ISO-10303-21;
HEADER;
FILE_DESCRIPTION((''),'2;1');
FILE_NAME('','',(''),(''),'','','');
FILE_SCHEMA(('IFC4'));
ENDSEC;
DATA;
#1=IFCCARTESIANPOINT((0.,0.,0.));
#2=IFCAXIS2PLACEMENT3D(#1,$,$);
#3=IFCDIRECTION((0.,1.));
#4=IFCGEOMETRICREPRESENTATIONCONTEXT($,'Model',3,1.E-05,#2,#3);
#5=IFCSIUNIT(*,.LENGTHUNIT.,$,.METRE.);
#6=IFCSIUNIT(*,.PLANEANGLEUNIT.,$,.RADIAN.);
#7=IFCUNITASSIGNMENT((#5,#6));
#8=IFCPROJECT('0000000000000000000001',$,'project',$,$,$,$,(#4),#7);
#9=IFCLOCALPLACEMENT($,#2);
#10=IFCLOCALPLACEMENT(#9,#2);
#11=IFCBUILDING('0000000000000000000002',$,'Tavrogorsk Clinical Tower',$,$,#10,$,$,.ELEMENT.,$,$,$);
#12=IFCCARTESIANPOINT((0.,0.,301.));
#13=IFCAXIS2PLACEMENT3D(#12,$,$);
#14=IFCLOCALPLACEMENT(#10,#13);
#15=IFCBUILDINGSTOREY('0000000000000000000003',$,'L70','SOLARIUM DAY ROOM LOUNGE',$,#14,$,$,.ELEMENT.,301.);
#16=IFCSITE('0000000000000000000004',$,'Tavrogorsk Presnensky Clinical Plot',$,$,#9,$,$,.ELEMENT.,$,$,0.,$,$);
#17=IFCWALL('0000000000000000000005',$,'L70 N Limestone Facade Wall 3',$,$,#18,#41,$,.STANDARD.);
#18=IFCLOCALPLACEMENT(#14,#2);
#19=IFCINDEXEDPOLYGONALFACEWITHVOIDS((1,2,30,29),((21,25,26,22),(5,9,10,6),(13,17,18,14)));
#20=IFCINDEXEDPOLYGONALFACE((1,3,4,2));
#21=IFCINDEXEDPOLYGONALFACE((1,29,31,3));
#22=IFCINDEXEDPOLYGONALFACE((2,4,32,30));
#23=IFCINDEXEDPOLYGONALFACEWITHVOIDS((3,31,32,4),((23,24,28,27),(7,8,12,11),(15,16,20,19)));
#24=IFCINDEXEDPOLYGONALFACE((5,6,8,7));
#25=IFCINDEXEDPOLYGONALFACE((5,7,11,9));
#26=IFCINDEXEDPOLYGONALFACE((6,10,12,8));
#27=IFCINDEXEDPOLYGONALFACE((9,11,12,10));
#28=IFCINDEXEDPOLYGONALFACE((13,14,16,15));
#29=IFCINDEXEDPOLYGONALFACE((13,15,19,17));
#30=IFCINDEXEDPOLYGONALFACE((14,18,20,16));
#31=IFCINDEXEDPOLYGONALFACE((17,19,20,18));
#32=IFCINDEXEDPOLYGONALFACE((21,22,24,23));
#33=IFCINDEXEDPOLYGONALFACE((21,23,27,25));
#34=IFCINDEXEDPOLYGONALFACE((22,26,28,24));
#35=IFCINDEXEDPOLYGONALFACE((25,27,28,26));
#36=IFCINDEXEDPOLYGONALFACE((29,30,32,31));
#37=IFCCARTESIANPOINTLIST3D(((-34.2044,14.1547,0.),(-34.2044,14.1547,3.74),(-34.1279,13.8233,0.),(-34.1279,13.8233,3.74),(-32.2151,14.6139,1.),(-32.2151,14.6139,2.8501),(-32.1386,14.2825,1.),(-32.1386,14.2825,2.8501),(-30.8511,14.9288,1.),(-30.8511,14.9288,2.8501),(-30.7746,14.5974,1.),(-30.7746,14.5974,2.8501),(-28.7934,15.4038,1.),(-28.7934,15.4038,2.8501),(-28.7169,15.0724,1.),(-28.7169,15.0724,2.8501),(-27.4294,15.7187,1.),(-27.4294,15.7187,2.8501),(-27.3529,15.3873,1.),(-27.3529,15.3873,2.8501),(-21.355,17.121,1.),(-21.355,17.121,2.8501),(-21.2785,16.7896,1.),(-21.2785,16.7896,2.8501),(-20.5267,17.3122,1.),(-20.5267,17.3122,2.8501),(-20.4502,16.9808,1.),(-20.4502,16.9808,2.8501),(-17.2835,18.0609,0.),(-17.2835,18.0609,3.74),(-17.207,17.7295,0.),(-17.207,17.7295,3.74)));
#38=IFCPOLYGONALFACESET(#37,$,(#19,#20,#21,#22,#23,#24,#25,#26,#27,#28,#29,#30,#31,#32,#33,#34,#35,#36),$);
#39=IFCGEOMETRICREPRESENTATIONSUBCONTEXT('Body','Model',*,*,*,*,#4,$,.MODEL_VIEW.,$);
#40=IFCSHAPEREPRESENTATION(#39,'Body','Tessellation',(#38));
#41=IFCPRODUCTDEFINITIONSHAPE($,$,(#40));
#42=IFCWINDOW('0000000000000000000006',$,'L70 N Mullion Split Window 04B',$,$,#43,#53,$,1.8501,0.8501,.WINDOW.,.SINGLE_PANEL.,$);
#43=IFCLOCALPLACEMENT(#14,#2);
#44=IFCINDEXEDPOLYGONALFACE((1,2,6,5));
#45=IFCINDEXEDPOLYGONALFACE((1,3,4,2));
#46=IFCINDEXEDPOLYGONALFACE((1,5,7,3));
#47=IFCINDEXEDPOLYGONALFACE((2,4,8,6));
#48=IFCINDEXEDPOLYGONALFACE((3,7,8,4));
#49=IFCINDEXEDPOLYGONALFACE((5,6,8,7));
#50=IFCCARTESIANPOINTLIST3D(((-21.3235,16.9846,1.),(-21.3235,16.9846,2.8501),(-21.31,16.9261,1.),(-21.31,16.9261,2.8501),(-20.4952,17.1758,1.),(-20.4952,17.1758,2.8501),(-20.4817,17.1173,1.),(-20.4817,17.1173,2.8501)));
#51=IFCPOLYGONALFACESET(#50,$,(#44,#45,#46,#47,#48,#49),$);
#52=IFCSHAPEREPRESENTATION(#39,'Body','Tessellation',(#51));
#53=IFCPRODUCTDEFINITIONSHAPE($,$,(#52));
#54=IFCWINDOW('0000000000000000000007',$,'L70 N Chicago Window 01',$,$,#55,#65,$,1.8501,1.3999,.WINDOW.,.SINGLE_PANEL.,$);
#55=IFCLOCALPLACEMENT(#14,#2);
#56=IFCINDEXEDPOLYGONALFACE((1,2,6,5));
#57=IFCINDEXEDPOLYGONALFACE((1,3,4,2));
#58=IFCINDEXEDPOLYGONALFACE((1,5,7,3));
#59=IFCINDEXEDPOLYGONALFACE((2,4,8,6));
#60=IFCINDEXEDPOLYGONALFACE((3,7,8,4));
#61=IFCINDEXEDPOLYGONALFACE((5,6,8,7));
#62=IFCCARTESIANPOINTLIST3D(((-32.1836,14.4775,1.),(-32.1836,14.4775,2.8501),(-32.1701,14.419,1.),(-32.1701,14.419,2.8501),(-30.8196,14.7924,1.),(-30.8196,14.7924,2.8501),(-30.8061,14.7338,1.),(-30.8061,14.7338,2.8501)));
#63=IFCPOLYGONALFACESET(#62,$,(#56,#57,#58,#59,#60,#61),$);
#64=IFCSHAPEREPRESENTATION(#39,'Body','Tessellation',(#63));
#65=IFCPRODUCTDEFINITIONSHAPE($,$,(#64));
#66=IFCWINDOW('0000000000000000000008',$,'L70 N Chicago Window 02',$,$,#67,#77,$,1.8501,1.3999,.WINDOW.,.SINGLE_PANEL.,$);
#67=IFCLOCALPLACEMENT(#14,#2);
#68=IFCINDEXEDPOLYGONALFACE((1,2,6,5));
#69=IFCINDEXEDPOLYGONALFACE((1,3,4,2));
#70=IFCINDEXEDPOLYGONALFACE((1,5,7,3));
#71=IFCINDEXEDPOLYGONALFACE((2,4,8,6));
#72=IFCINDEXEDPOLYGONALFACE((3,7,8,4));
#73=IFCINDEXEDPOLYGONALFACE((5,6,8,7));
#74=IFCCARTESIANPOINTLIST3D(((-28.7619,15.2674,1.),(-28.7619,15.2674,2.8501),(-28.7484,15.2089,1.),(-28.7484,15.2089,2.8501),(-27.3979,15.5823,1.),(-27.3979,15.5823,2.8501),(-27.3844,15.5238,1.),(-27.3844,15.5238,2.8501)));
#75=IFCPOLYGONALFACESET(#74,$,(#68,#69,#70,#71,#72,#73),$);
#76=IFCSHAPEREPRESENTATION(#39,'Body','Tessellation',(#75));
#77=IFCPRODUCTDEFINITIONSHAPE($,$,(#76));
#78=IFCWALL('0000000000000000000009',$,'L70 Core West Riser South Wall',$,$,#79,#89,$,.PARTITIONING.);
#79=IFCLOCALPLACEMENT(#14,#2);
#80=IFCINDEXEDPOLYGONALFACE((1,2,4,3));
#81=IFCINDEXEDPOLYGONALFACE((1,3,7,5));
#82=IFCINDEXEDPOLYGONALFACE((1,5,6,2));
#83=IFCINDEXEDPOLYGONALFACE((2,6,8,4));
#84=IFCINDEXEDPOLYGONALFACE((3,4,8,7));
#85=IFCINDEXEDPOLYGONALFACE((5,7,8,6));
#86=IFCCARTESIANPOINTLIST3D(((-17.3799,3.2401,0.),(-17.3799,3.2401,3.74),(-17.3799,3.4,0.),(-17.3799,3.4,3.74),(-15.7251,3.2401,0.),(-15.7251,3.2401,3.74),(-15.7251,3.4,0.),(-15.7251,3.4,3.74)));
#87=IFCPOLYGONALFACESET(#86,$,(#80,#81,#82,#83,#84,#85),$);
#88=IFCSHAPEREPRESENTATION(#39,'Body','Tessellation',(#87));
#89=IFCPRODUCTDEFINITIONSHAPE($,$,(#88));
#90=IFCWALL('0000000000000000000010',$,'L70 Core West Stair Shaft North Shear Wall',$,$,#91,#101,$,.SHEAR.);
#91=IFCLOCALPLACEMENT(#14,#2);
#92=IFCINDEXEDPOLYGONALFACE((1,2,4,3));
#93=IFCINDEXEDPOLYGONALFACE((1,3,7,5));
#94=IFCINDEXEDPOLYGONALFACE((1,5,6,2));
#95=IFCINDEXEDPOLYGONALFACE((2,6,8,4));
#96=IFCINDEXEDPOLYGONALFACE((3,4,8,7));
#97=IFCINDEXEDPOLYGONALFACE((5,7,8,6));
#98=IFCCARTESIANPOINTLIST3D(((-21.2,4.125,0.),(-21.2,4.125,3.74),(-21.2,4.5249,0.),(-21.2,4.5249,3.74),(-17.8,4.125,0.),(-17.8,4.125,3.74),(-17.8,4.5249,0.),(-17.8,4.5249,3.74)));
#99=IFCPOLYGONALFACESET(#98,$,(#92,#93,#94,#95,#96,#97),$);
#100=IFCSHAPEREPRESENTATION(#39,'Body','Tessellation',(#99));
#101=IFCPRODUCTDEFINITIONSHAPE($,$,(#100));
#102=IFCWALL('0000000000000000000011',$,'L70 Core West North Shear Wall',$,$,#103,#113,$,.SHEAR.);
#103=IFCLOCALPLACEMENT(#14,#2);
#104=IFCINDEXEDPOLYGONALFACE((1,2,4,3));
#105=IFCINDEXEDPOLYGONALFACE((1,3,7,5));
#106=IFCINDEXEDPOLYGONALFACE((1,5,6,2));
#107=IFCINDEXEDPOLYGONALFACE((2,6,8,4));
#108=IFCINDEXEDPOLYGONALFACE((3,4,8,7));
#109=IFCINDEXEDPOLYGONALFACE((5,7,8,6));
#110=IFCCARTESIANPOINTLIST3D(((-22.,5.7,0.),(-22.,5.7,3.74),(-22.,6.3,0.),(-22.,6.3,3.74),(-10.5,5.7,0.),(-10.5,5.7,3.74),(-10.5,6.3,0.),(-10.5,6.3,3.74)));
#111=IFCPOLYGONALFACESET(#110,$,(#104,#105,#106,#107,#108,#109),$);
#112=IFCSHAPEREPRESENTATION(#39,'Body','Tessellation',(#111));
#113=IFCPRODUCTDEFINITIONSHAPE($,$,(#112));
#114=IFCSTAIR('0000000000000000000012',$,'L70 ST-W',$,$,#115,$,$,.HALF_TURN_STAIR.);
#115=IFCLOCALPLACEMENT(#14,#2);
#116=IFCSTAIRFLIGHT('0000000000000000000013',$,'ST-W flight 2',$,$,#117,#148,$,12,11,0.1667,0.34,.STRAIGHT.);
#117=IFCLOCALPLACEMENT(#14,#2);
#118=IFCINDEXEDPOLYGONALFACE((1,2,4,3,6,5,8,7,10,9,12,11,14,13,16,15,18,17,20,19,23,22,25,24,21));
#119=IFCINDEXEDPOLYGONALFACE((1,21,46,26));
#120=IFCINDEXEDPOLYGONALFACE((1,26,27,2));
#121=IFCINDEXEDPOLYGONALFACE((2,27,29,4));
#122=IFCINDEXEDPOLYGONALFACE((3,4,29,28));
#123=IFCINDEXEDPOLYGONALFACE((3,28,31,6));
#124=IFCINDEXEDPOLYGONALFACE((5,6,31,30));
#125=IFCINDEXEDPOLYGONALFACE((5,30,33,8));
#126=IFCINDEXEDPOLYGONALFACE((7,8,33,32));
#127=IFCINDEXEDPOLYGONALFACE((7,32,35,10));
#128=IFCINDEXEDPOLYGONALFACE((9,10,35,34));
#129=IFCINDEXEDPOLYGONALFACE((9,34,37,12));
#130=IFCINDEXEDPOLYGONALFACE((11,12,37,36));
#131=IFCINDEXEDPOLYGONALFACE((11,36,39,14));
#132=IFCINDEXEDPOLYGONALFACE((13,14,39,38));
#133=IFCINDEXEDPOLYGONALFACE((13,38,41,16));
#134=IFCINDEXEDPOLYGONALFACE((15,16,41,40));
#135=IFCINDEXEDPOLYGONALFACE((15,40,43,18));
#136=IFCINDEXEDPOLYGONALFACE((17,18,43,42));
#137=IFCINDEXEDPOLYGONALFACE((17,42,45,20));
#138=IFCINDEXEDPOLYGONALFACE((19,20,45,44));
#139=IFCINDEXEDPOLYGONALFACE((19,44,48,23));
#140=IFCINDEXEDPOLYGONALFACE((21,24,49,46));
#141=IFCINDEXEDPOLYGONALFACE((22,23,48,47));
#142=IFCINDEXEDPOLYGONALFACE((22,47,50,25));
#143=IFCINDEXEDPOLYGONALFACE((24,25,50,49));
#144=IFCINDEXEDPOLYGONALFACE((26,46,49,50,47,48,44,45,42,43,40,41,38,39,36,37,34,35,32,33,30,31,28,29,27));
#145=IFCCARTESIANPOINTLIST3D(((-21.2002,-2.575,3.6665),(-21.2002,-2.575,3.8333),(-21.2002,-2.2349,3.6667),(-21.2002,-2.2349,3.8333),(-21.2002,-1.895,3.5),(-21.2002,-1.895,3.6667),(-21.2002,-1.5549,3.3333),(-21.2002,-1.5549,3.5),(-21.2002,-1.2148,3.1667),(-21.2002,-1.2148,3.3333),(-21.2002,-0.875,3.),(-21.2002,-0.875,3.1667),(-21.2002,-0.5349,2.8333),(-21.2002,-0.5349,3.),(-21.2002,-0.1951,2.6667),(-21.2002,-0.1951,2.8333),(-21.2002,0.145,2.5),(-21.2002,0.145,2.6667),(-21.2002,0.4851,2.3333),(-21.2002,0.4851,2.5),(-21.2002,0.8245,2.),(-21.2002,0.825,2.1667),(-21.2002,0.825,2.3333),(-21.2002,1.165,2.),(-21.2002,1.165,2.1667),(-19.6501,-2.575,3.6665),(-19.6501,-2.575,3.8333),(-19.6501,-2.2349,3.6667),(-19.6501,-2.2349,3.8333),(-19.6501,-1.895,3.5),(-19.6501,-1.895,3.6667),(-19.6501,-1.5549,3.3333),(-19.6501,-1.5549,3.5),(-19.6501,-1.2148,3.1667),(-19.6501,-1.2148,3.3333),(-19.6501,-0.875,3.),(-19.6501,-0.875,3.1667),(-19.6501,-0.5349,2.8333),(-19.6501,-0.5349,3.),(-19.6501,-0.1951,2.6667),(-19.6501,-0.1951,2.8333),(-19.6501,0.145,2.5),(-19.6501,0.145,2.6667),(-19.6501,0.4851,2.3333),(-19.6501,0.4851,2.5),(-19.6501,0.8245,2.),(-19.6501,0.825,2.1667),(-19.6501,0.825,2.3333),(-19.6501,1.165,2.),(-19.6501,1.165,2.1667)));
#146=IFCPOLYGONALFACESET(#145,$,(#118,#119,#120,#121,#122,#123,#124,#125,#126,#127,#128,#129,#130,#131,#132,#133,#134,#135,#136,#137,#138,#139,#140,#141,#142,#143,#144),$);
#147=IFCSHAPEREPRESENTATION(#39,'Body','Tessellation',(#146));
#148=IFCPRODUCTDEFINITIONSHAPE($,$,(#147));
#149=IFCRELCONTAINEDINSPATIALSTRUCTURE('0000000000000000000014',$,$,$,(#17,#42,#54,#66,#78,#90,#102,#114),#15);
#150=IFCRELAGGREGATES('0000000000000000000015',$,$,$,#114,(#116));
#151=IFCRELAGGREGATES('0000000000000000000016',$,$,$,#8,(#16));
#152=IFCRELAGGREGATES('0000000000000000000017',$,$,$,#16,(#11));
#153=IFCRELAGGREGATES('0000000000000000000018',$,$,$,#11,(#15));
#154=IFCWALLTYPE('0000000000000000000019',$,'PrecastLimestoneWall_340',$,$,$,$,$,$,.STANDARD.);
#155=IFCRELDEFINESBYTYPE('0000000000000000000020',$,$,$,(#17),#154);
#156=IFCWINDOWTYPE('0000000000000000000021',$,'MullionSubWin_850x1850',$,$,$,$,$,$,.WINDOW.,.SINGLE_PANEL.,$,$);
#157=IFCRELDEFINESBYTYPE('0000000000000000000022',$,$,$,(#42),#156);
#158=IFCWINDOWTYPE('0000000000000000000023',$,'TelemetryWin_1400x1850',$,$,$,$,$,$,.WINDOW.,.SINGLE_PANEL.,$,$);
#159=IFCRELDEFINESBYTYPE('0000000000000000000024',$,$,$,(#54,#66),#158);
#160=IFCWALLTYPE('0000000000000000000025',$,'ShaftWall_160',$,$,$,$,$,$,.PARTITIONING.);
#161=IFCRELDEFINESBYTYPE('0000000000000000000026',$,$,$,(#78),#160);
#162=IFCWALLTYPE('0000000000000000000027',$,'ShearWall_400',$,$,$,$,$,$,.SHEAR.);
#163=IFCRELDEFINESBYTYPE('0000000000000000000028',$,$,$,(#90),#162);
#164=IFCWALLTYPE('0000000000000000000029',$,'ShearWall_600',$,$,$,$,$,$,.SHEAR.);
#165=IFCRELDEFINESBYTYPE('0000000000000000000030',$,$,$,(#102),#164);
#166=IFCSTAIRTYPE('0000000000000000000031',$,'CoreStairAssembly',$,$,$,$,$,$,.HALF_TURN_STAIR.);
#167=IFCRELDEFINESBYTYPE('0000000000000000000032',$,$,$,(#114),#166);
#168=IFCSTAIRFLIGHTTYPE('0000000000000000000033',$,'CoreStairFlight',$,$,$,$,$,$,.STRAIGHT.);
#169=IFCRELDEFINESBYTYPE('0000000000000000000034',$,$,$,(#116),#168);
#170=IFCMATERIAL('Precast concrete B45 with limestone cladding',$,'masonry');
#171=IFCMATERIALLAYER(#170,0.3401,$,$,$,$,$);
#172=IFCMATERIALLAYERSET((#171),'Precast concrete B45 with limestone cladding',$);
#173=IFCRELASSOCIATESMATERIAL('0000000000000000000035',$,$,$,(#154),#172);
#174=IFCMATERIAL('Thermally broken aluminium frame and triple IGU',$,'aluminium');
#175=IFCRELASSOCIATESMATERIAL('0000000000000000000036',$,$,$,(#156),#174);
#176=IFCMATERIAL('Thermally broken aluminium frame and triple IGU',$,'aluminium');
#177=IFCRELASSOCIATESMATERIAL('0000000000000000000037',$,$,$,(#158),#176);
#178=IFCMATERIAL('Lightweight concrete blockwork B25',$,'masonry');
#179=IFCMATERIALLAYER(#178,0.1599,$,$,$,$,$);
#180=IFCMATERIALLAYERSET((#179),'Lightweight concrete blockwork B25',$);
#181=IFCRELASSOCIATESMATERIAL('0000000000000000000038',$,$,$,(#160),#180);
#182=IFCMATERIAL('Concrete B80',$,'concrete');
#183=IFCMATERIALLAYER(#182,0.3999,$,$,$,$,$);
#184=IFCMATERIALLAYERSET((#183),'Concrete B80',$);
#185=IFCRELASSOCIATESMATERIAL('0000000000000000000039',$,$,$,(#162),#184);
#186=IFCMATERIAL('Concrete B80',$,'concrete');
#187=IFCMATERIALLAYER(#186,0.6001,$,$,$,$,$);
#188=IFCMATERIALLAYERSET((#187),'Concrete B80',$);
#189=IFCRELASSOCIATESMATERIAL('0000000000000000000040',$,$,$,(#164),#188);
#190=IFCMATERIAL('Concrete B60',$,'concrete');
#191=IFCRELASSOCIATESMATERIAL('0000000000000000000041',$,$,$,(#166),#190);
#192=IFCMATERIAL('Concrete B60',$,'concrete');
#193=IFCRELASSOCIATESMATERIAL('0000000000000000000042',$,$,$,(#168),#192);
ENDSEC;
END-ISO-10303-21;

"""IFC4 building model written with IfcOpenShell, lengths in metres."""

from ifc_helpers import new_model, si_unit, direction, frame, frame_2d, origin, place, context, subcontext, project, spatial, polyline, rectangle, outline, extrude, material, layer, layer_set, type_object, element, fill, aggregate, save


model = new_model("IFC4")

# Units and contexts
model_context = context("Model", 3, precision=1e-05, world=origin(), true_north=direction((0.0, 1.0)))
body_context = subcontext(model_context, "Body", "Model", "MODEL_VIEW")
ifc_project = project(units=[si_unit("LENGTHUNIT", "METRE"), si_unit("PLANEANGLEUNIT", "RADIAN")], contexts=[model_context])

# Site, building, storey
site_placement = place(None, origin())
site = spatial("IfcSite", under=ifc_project, at=site_placement, Name="Tavrogorsk Presnensky Clinical Plot", CompositionType="ELEMENT", RefElevation=0.0)
building_placement = place(site_placement, origin())
building = spatial("IfcBuilding", under=site, at=building_placement, Name="Tavrogorsk Clinical Tower", CompositionType="ELEMENT")
storey_placement = place(building_placement, frame((0.0, 0.0, 301.0)))
storey = spatial("IfcBuildingStorey", under=building, at=storey_placement, Name="L70", Description="SOLARIUM DAY ROOM LOUNGE", CompositionType="ELEMENT", Elevation=301.0)

# Wall, openings, windows
ifc_material_1 = material(Name="Precast concrete B45 with limestone cladding", Category="masonry")
ifc_layer_1 = layer(ifc_material_1, 0.3401)
ifc_layer_set_1 = layer_set([ifc_layer_1], Name="Precast concrete B45 with limestone cladding")
wall_type_1 = type_object("IfcWallType", Name="PrecastLimestoneWall_340", PredefinedType="STANDARD", material=ifc_layer_set_1)
wall_1_placement = place(storey_placement, frame((-17.2451, 17.8953, 0.0), z_axis=(0.0, 0.0, 1.0), x_axis=(-0.974373, -0.224938, 0.0)))
wall_1 = element("IfcWall", 1, at=wall_1_placement, inside=storey, type_object=wall_type_1, Name="L70 N Limestone Facade Wall 3", PredefinedType="STANDARD", context=body_context, shape_type="SweptSolid", body=[
    extrude(rectangle(XDim=17.366, YDim=0.3401, at=frame_2d((8.6831, 0.0))), origin(), (0.0, 0.0, 1.0), 3.74),
])
opening_1_placement = place(wall_1_placement, frame((13.9246, 0.0, 1.0)))
opening_1 = element("IfcOpeningElement", 2, at=opening_1_placement, cuts=wall_1, PredefinedType="OPENING", context=body_context, shape_type="SweptSolid", body=[
    extrude(rectangle(XDim=1.3999, YDim=1.8501, at=frame_2d((0.7, 0.925))), frame((0.0, 0.1799, 0.0), z_axis=(0.0, -1.0, 0.0), x_axis=(1.0, 0.0, 0.0)), (0.0, 0.0, 1.0), 0.3601),
])
opening_2_placement = place(wall_1_placement, frame((10.4128, 0.0, 1.0)))
opening_2 = element("IfcOpeningElement", 3, at=opening_2_placement, cuts=wall_1, PredefinedType="OPENING", context=body_context, shape_type="SweptSolid", body=[
    extrude(rectangle(XDim=1.3999, YDim=1.8501, at=frame_2d((0.7, 0.925))), frame((0.0, 0.1799, 0.0), z_axis=(0.0, -1.0, 0.0), x_axis=(1.0, 0.0, 0.0)), (0.0, 0.0, 1.0), 0.3601),
])
opening_3_placement = place(wall_1_placement, frame((3.3286, 0.0, 1.0)))
opening_3 = element("IfcOpeningElement", 4, at=opening_3_placement, cuts=wall_1, PredefinedType="OPENING", context=body_context, shape_type="SweptSolid", body=[
    extrude(rectangle(XDim=0.8501, YDim=1.8501, at=frame_2d((0.425, 0.925))), frame((0.0, 0.1799, 0.0), z_axis=(0.0, -1.0, 0.0), x_axis=(1.0, 0.0, 0.0)), (0.0, 0.0, 1.0), 0.3601),
])
ifc_material_2 = material(Name="Thermally broken aluminium frame and triple IGU", Category="aluminium")
window_type_1 = type_object("IfcWindowType", Name="MullionSubWin_850x1850", PartitioningType="SINGLE_PANEL", PredefinedType="WINDOW", material=ifc_material_2)
window_1_placement = place(opening_3_placement, origin())
window_1 = element("IfcWindow", 5, at=window_1_placement, inside=storey, type_object=window_type_1, Name="L70 N Mullion Split Window 04B", OverallHeight=1.8501, OverallWidth=0.8501, PartitioningType="SINGLE_PANEL", PredefinedType="WINDOW", context=body_context, shape_type="SweptSolid", body=[
    extrude(rectangle(XDim=0.8501, YDim=1.8501, at=frame_2d((0.425, 0.925))), frame((0.0, 0.03, 0.0), z_axis=(0.0, -1.0, 0.0), x_axis=(1.0, 0.0, 0.0)), (0.0, 0.0, 1.0), 0.0601),
])
fill(opening_3, window_1)
ifc_material_3 = material(Name="Thermally broken aluminium frame and triple IGU", Category="aluminium")
window_type_2 = type_object("IfcWindowType", Name="TelemetryWin_1400x1850", PartitioningType="SINGLE_PANEL", PredefinedType="WINDOW", material=ifc_material_3)
window_2_placement = place(opening_1_placement, origin())
window_2 = element("IfcWindow", 6, at=window_2_placement, inside=storey, type_object=window_type_2, Name="L70 N Chicago Window 01", OverallHeight=1.8501, OverallWidth=1.3999, PartitioningType="SINGLE_PANEL", PredefinedType="WINDOW", context=body_context, shape_type="SweptSolid", body=[
    extrude(rectangle(XDim=1.3999, YDim=1.8501, at=frame_2d((0.7, 0.925))), frame((0.0, 0.03, 0.0), z_axis=(0.0, -1.0, 0.0), x_axis=(1.0, 0.0, 0.0)), (0.0, 0.0, 1.0), 0.0601),
])
fill(opening_1, window_2)
window_3_placement = place(opening_2_placement, origin())
window_3 = element("IfcWindow", 7, at=window_3_placement, inside=storey, type_object=window_type_2, Name="L70 N Chicago Window 02", OverallHeight=1.8501, OverallWidth=1.3999, PartitioningType="SINGLE_PANEL", PredefinedType="WINDOW", context=body_context, shape_type="SweptSolid", body=[
    extrude(rectangle(XDim=1.3999, YDim=1.8501, at=frame_2d((0.7, 0.925))), frame((0.0, 0.03, 0.0), z_axis=(0.0, -1.0, 0.0), x_axis=(1.0, 0.0, 0.0)), (0.0, 0.0, 1.0), 0.0601),
])
fill(opening_2, window_3)

# Walls
ifc_material_4 = material(Name="Lightweight concrete blockwork B25", Category="masonry")
ifc_layer_2 = layer(ifc_material_4, 0.1599)
ifc_layer_set_2 = layer_set([ifc_layer_2], Name="Lightweight concrete blockwork B25")
wall_type_2 = type_object("IfcWallType", Name="ShaftWall_160", PredefinedType="PARTITIONING", material=ifc_layer_set_2)
wall_2_placement = place(storey_placement, frame((-17.3799, 3.3201, 0.0), z_axis=(0.0, 0.0, 1.0), x_axis=(1.0, 0.0, 0.0)))
element("IfcWall", 8, at=wall_2_placement, inside=storey, type_object=wall_type_2, Name="L70 Core West Riser South Wall", PredefinedType="PARTITIONING", context=body_context, shape_type="SweptSolid", body=[
    extrude(rectangle(XDim=1.6548, YDim=0.1599, at=frame_2d((0.8274, 0.0))), origin(), (0.0, 0.0, 1.0), 3.74),
])
ifc_material_5 = material(Name="Concrete B80", Category="concrete")
ifc_layer_3 = layer(ifc_material_5, 0.3999)
ifc_layer_set_3 = layer_set([ifc_layer_3], Name="Concrete B80")
wall_type_3 = type_object("IfcWallType", Name="ShearWall_400", PredefinedType="SHEAR", material=ifc_layer_set_3)
wall_3_placement = place(storey_placement, frame((-21.2, 4.325, 0.0), z_axis=(0.0, 0.0, 1.0), x_axis=(1.0, 0.0, 0.0)))
element("IfcWall", 9, at=wall_3_placement, inside=storey, type_object=wall_type_3, Name="L70 Core West Stair Shaft North Shear Wall", PredefinedType="SHEAR", context=body_context, shape_type="SweptSolid", body=[
    extrude(rectangle(XDim=3.3999, YDim=0.3999, at=frame_2d((1.7, 0.0))), origin(), (0.0, 0.0, 1.0), 3.74),
])
ifc_material_6 = material(Name="Concrete B80", Category="concrete")
ifc_layer_4 = layer(ifc_material_6, 0.6001)
ifc_layer_set_4 = layer_set([ifc_layer_4], Name="Concrete B80")
wall_type_4 = type_object("IfcWallType", Name="ShearWall_600", PredefinedType="SHEAR", material=ifc_layer_set_4)
wall_4_placement = place(storey_placement, frame((-22.0, 6.0, 0.0), z_axis=(0.0, 0.0, 1.0), x_axis=(1.0, 0.0, 0.0)))
element("IfcWall", 10, at=wall_4_placement, inside=storey, type_object=wall_type_4, Name="L70 Core West North Shear Wall", PredefinedType="SHEAR", context=body_context, shape_type="SweptSolid", body=[
    extrude(rectangle(XDim=11.5, YDim=0.6001, at=frame_2d((5.75, 0.0))), origin(), (0.0, 0.0, 1.0), 3.74),
])

# Stair, stair flight
ifc_material_7 = material(Name="Concrete B60", Category="concrete")
stair_type = type_object("IfcStairType", Name="CoreStairAssembly", PredefinedType="HALF_TURN_STAIR", material=ifc_material_7)
stair_placement = place(storey_placement, origin())
stair = element("IfcStair", 11, at=stair_placement, inside=storey, type_object=stair_type, Name="L70 ST-W", PredefinedType="HALF_TURN_STAIR")
ifc_material_8 = material(Name="Concrete B60", Category="concrete")
stair_flight_type = type_object("IfcStairFlightType", Name="CoreStairFlight", PredefinedType="STRAIGHT", material=ifc_material_8)
stair_flight_placement = place(storey_placement, frame((-20.425, 1.165, 2.0), z_axis=(0.0, 0.0, 1.0), x_axis=(0.0, -1.0, 0.0)))
stair_flight = element("IfcStairFlight", 12, at=stair_flight_placement, type_object=stair_flight_type, Name="ST-W flight 2", NumberOfRisers=12, NumberOfTreads=11, PredefinedType="STRAIGHT", RiserHeight=0.1667, TreadLength=0.34, context=body_context, shape_type="SweptSolid", body=[
    extrude(outline(polyline([(0.0, 0.0), (0.0, 0.1667), (0.3401, 0.1667), (0.3401, 0.3333), (0.6799, 0.3333), (0.6799, 0.5), (1.02, 0.5), (1.02, 0.6667), (1.3601, 0.6667), (1.3601, 0.8333), (1.7, 0.8333), (1.7, 1.0), (2.04, 1.0), (2.04, 1.1667), (2.3799, 1.1667), (2.3799, 1.3333), (2.72, 1.3333), (2.72, 1.5), (3.0601, 1.5), (3.0601, 1.6667), (3.3999, 1.6667), (3.3999, 1.8333), (3.74, 1.8333), (3.74, 2.0), (3.74, 1.6665), (0.3406, 0.0), (0.0, 0.0)])), frame((0.0, 0.7749, 0.0), z_axis=(0.0, -1.0, 0.0), x_axis=(1.0, 0.0, 0.0)), (0.0, 0.0, 1.0), 1.55),
])
aggregate(stair, [stair_flight])

save(model, "model.ifc")
